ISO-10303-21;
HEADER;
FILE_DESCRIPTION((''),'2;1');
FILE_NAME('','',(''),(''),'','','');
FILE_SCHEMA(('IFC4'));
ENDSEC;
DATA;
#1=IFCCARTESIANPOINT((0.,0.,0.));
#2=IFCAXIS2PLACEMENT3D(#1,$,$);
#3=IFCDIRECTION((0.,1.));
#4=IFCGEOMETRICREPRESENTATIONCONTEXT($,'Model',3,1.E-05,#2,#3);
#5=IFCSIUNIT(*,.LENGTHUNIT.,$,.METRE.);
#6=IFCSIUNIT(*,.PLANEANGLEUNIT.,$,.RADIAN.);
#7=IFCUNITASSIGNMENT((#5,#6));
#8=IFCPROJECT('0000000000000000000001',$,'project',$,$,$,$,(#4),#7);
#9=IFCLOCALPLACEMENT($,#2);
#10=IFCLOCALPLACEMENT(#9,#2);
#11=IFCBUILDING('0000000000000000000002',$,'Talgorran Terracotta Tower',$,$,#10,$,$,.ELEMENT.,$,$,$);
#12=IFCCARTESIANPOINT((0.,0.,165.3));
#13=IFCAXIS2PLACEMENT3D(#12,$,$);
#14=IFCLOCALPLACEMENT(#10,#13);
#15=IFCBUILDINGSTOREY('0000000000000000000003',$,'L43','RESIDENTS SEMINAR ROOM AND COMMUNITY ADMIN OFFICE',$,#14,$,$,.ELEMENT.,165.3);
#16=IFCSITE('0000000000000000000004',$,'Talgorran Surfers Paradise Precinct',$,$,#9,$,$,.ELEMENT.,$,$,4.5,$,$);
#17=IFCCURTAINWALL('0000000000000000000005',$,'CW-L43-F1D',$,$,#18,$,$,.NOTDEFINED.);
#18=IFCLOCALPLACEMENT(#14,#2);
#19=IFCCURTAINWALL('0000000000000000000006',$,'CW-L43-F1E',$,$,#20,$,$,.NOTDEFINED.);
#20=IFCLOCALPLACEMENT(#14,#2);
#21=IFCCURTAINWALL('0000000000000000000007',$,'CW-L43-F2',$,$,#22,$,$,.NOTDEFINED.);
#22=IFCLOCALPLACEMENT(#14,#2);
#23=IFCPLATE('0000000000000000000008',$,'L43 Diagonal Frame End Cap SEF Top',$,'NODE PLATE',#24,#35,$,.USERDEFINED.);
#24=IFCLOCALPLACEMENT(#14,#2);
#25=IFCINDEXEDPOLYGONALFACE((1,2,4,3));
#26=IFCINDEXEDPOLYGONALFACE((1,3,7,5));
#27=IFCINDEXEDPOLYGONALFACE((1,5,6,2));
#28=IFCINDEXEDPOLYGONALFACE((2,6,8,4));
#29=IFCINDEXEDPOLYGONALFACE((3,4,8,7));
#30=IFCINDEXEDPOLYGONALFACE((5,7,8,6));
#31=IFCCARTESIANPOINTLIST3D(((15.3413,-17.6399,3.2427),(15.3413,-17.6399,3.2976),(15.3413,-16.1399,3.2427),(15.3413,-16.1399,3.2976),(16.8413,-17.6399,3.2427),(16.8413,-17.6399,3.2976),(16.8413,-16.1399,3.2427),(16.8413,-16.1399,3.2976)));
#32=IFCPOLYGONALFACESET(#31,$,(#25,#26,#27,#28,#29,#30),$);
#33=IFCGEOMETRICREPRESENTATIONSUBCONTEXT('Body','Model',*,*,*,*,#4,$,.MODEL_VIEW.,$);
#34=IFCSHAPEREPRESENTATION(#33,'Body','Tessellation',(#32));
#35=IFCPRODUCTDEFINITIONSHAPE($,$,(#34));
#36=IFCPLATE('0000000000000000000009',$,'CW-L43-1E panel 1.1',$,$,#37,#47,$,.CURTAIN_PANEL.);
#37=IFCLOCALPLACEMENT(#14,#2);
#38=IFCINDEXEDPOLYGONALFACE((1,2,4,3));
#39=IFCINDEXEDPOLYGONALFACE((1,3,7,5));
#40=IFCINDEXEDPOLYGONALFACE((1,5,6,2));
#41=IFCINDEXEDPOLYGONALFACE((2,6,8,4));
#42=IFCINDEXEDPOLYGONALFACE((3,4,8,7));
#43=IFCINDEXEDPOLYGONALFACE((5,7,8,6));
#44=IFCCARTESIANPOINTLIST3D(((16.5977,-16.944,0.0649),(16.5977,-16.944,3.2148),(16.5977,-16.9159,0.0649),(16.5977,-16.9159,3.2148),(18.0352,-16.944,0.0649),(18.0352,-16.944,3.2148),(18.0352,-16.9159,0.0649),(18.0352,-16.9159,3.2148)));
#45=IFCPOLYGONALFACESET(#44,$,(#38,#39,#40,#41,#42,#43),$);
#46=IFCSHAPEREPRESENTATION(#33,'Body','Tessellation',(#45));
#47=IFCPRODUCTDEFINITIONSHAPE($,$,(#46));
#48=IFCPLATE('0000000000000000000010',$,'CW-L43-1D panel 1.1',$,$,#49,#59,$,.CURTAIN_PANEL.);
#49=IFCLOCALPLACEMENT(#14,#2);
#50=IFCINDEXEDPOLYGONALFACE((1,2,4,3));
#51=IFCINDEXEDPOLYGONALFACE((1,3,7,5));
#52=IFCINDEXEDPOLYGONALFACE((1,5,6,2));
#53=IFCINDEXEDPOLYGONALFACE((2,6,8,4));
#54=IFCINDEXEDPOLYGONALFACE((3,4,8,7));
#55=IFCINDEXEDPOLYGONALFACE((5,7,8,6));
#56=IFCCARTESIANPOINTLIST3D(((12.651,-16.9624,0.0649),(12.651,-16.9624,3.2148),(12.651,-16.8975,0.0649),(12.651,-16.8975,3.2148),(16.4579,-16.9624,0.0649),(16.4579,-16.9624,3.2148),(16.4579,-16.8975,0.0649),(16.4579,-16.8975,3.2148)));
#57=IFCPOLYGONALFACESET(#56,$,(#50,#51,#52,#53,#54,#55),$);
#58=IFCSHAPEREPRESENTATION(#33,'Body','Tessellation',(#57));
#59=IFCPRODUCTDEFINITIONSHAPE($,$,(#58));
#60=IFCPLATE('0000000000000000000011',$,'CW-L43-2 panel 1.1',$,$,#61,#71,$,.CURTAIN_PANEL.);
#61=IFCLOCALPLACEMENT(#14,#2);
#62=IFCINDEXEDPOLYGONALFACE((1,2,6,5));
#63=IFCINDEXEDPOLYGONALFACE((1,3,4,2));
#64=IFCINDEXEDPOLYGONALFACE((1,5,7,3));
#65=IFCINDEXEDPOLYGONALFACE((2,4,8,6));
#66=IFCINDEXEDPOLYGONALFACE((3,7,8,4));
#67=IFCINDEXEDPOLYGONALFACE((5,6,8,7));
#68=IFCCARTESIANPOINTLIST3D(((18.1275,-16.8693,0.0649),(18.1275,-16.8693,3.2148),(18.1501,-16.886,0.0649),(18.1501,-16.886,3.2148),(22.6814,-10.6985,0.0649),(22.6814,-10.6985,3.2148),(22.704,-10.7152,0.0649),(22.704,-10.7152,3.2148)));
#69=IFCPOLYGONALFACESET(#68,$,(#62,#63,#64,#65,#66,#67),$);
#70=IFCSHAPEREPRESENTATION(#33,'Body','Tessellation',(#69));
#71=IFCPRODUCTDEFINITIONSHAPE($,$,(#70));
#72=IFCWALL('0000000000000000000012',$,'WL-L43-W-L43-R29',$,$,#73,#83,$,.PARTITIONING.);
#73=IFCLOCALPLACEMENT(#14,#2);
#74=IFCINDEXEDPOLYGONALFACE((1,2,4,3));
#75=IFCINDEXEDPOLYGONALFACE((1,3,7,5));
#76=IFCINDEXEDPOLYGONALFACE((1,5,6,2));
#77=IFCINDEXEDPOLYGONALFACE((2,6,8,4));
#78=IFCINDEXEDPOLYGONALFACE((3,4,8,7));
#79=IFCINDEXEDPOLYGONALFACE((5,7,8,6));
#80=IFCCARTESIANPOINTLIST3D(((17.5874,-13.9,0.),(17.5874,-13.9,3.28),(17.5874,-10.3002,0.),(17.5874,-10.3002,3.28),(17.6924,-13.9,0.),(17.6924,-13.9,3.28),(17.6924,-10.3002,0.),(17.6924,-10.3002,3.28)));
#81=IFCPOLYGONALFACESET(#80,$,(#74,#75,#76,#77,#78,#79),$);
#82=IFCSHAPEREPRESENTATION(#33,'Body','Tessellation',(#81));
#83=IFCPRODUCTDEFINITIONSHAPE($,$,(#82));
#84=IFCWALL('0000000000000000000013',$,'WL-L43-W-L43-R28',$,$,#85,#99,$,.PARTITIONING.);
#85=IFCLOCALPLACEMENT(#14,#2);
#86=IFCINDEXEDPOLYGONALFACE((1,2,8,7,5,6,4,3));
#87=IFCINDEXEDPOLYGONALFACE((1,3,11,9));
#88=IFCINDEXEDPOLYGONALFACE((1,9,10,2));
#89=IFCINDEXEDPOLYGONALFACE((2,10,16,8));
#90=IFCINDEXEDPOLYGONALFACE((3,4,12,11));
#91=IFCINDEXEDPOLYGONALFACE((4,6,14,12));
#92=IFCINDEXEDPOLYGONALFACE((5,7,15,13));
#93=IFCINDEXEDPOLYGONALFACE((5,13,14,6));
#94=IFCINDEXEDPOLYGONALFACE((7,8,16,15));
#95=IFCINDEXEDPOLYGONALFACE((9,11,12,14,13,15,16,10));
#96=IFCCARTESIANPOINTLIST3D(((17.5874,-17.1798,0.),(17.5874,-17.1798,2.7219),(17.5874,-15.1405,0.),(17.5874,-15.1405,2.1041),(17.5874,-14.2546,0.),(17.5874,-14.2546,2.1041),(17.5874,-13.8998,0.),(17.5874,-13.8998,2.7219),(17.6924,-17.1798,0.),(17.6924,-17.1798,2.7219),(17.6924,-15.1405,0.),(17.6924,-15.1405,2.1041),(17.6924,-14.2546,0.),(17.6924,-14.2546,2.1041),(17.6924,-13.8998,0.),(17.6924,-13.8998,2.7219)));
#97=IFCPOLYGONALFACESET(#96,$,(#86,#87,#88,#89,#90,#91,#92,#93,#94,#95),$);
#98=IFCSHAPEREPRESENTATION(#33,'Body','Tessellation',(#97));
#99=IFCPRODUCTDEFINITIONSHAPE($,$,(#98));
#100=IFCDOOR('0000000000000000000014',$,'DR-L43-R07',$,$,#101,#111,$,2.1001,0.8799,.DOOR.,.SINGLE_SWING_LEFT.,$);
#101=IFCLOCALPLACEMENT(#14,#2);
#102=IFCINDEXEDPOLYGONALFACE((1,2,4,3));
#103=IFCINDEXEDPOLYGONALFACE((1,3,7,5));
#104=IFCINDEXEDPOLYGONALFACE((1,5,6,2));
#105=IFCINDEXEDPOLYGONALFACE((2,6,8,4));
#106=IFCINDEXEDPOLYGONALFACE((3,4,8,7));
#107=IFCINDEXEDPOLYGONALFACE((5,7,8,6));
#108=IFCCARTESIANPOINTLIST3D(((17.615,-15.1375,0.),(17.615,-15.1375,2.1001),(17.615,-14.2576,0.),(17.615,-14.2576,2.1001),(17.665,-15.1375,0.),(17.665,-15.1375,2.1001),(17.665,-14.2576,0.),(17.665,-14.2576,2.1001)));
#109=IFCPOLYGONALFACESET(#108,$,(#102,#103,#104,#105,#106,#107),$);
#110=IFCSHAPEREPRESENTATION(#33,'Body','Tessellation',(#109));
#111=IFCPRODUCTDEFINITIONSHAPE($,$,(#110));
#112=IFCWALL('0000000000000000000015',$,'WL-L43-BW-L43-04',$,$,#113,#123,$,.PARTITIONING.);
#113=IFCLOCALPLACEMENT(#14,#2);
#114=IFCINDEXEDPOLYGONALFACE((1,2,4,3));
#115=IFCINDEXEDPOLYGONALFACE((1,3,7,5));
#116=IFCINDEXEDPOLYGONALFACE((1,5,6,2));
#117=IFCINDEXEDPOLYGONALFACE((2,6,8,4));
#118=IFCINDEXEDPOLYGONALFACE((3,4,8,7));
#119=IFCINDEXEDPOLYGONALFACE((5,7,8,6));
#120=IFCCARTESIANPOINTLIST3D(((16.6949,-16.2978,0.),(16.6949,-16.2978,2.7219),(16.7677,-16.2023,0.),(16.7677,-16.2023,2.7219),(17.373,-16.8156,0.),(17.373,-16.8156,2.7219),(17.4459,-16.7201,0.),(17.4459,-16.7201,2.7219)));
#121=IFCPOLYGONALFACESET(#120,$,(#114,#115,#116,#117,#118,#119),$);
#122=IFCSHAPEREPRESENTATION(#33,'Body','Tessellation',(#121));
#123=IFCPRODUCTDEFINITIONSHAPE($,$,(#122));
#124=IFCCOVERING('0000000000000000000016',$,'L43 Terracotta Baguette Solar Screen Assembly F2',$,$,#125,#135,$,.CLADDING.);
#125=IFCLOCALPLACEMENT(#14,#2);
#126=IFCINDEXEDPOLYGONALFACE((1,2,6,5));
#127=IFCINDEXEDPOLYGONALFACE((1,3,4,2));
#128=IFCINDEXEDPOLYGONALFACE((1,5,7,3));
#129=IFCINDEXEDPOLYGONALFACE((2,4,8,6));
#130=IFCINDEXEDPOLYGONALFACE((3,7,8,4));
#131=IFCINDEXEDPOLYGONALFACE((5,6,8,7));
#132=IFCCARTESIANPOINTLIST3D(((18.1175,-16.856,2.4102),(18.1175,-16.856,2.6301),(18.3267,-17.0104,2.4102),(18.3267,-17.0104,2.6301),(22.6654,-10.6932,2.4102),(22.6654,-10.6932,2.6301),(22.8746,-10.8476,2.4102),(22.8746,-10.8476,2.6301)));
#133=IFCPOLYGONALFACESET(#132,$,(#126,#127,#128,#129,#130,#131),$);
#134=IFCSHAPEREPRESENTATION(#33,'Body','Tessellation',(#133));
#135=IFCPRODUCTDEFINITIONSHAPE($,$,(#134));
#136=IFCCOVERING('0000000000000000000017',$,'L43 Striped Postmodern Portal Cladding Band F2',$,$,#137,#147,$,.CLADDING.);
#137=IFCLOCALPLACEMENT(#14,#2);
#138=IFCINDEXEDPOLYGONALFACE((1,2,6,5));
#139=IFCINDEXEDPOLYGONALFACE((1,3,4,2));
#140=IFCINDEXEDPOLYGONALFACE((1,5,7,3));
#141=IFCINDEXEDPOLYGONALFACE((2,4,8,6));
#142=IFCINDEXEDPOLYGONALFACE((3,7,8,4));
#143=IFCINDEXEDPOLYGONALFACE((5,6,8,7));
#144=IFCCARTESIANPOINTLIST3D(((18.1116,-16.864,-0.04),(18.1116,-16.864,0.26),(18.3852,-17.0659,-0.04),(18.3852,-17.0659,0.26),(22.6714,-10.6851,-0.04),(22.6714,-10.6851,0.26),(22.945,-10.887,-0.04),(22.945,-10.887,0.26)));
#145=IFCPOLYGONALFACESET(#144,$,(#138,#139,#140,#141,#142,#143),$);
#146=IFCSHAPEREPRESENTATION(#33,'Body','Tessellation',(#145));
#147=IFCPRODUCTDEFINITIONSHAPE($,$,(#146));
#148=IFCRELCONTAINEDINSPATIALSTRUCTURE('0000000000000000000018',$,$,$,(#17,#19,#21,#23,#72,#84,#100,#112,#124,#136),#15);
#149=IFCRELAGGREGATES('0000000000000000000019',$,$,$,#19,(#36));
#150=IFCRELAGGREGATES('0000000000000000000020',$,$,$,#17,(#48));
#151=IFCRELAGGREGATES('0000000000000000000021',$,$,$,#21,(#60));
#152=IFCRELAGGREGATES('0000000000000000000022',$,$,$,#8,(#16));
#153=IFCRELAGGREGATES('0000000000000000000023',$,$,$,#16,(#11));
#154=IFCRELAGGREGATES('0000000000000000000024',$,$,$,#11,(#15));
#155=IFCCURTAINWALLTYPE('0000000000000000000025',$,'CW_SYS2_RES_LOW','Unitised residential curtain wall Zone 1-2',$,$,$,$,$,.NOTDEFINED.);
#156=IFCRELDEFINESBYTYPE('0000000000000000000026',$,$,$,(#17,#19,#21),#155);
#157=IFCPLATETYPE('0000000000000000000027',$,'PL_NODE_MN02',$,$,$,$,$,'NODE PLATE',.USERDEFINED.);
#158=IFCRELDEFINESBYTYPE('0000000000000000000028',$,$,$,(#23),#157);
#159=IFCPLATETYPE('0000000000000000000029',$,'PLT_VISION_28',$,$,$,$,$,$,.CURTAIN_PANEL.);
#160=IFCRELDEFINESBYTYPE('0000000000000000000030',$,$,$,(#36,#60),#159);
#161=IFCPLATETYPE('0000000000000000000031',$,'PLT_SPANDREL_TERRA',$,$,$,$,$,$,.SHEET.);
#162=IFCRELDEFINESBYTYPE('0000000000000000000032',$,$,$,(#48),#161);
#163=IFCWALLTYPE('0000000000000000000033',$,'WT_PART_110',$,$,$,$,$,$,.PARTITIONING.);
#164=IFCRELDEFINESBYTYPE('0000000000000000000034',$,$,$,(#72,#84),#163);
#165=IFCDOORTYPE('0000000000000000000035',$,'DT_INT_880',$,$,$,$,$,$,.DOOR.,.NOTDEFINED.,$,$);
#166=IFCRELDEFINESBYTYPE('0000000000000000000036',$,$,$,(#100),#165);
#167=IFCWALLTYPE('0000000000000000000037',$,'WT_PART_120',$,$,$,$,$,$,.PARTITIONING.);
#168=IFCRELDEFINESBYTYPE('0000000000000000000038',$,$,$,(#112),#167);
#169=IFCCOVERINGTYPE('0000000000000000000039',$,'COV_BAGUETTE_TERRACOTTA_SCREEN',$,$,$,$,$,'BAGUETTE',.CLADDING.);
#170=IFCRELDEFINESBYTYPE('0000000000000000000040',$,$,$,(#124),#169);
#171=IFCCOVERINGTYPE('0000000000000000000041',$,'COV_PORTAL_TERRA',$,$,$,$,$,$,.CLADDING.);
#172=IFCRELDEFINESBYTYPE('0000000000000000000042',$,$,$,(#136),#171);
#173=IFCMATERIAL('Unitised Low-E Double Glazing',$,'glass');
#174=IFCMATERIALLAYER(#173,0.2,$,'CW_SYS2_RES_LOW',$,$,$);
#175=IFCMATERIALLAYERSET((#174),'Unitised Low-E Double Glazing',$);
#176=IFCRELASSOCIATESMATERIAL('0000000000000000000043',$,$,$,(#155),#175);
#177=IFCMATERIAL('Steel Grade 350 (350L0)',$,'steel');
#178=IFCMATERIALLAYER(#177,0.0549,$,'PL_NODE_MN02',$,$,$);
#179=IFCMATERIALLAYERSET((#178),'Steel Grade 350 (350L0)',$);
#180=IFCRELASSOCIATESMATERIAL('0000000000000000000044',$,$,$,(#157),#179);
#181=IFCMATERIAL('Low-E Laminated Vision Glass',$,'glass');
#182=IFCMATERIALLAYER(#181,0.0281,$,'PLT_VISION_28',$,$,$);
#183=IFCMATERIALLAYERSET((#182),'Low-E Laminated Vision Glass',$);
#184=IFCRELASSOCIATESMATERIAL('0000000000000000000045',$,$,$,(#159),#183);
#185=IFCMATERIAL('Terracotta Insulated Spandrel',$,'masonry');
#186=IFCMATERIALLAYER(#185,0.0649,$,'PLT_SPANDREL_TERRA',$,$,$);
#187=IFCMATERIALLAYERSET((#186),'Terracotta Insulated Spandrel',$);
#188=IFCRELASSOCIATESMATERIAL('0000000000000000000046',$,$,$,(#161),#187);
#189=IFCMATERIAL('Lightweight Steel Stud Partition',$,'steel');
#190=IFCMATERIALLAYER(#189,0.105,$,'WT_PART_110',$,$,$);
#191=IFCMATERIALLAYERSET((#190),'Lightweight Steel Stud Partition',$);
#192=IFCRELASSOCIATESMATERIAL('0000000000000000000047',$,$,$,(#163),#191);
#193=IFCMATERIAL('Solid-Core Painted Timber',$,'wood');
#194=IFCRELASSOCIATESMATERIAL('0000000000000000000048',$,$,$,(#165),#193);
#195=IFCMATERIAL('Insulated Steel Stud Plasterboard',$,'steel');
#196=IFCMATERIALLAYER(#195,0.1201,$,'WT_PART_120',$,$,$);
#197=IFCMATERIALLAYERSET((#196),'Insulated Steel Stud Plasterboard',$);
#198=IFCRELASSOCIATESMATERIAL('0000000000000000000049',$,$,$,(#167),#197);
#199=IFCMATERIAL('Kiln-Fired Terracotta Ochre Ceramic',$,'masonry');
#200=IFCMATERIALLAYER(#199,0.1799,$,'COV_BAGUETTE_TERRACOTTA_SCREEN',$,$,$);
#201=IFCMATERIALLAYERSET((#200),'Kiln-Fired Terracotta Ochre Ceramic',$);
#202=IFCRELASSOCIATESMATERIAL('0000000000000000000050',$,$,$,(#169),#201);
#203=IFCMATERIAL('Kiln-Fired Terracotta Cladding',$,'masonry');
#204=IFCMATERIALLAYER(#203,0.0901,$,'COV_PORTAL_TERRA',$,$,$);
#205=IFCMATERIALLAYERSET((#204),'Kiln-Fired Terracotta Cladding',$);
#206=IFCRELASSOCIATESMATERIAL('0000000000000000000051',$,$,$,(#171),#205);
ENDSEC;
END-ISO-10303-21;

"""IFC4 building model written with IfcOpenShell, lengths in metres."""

from ifc_helpers import new_model, si_unit, direction, frame, frame_2d, origin, origin_2d, place, context, subcontext, project, spatial, rectangle, extrude, source, transform, mapped, material, layer, layer_set, type_object, type_shapes, element, fill, aggregate, save


model = new_model("IFC4")

# Units and contexts
model_context = context("Model", 3, precision=1e-05, world=origin(), true_north=direction((0.0, 1.0)))
body_context = subcontext(model_context, "Body", "Model", "MODEL_VIEW")
ifc_project = project(units=[si_unit("LENGTHUNIT", "METRE"), si_unit("PLANEANGLEUNIT", "RADIAN")], contexts=[model_context])

# Site, building, storey
site_placement = place(None, origin())
site = spatial("IfcSite", under=ifc_project, at=site_placement, Name="Talgorran Surfers Paradise Precinct", CompositionType="ELEMENT", RefElevation=4.5)
building_placement = place(site_placement, origin())
building = spatial("IfcBuilding", under=site, at=building_placement, Name="Talgorran Terracotta Tower", CompositionType="ELEMENT")
storey_placement = place(building_placement, frame((0.0, 0.0, 165.3)))
storey = spatial("IfcBuildingStorey", under=building, at=storey_placement, Name="L43", Description="RESIDENTS SEMINAR ROOM AND COMMUNITY ADMIN OFFICE", CompositionType="ELEMENT", Elevation=165.3)

# Shared definitions
ifc_material_1 = material(Name="Steel Grade 350 (350L0)", Category="steel")

# Curtain wall
ifc_material_2 = material(Name="Unitised Low-E Double Glazing", Category="glass")
ifc_layer_1 = layer(ifc_material_2, 0.2, Name="CW_SYS2_RES_LOW")
ifc_layer_set_1 = layer_set([ifc_layer_1], Name="Unitised Low-E Double Glazing")
curtain_wall_type = type_object("IfcCurtainWallType", Name="CW_SYS2_RES_LOW", Description="Unitised residential curtain wall Zone 1-2", PredefinedType="NOTDEFINED", material=ifc_layer_set_1)
curtain_wall_1_placement = place(storey_placement, origin())
curtain_wall_1 = element("IfcCurtainWall", 1, at=curtain_wall_1_placement, inside=storey, type_object=curtain_wall_type, Name="CW-L43-F1D", PredefinedType="NOTDEFINED")

# Curtain walls
curtain_wall_2_placement = place(storey_placement, origin())
curtain_wall_2 = element("IfcCurtainWall", 2, at=curtain_wall_2_placement, inside=storey, type_object=curtain_wall_type, Name="CW-L43-F1E", PredefinedType="NOTDEFINED")
curtain_wall_3_placement = place(storey_placement, origin())
curtain_wall_3 = element("IfcCurtainWall", 3, at=curtain_wall_3_placement, inside=storey, type_object=curtain_wall_type, Name="CW-L43-F2", PredefinedType="NOTDEFINED")

# Plates
ifc_layer_2 = layer(ifc_material_1, 0.0549, Name="PL_NODE_MN02")
ifc_layer_set_2 = layer_set([ifc_layer_2], Name="Steel Grade 350 (350L0)")
plate_type_1 = type_object("IfcPlateType", Name="PL_NODE_MN02", ElementType="NODE PLATE", PredefinedType="USERDEFINED", material=ifc_layer_set_2)
plate_1_placement = place(storey_placement, frame((16.0913, -16.8899, 3.2427), z_axis=(0.0, 0.0, 1.0), x_axis=(1.0, 0.0, 0.0)))
element("IfcPlate", 4, at=plate_1_placement, inside=storey, type_object=plate_type_1, Name="L43 Diagonal Frame End Cap SEF Top", ObjectType="NODE PLATE", PredefinedType="USERDEFINED", context=body_context, shape_type="SweptSolid", body=[
    extrude(rectangle(XDim=1.5, YDim=1.5, at=origin_2d()), origin(), (0.0, 0.0, 1.0), 0.0549),
])
ifc_material_3 = material(Name="Low-E Laminated Vision Glass", Category="glass")
ifc_layer_3 = layer(ifc_material_3, 0.0281, Name="PLT_VISION_28")
ifc_layer_set_3 = layer_set([ifc_layer_3], Name="Low-E Laminated Vision Glass")
plate_type_2 = type_object("IfcPlateType", Name="PLT_VISION_28", PredefinedType="CURTAIN_PANEL", material=ifc_layer_set_3)
shared_shape_1 = source(origin(), body_context, "Body", "SweptSolid", [
    extrude(rectangle(XDim=1.4375, YDim=0.0281, at=origin_2d()), origin(), (0.0, 0.0, 1.0), 3.1499),
])
plate_2_placement = place(storey_placement, frame((17.3164, -16.9299, 0.0649), z_axis=(0.0, 0.0, 1.0), x_axis=(1.0, 0.0, 0.0)))
plate_2 = element("IfcPlate", 5, at=plate_2_placement, type_object=plate_type_2, Name="CW-L43-1E panel 1.1", PredefinedType="CURTAIN_PANEL", context=body_context, shape_type="MappedRepresentation", body=[
    mapped(shared_shape_1, transform((0.0, 0.0, 0.0), scale=1.0)),
])
aggregate(curtain_wall_2, [plate_2])
ifc_material_4 = material(Name="Terracotta Insulated Spandrel", Category="masonry")
ifc_layer_4 = layer(ifc_material_4, 0.0649, Name="PLT_SPANDREL_TERRA")
ifc_layer_set_4 = layer_set([ifc_layer_4], Name="Terracotta Insulated Spandrel")
plate_type_3 = type_object("IfcPlateType", Name="PLT_SPANDREL_TERRA", PredefinedType="SHEET", material=ifc_layer_set_4)
shared_shape_2 = source(origin(), body_context, "Body", "SweptSolid", [
    extrude(rectangle(XDim=3.8069, YDim=0.0649, at=origin_2d()), origin(), (0.0, 0.0, 1.0), 3.1499),
])
type_shapes(plate_type_3, [shared_shape_2])
plate_3_placement = place(storey_placement, frame((14.5544, -16.9299, 0.0649), z_axis=(0.0, 0.0, 1.0), x_axis=(1.0, 0.0, 0.0)))
plate_3 = element("IfcPlate", 6, at=plate_3_placement, type_object=plate_type_3, Name="CW-L43-1D panel 1.1", PredefinedType="CURTAIN_PANEL", context=body_context, shape_type="MappedRepresentation", body=[
    mapped(shared_shape_2, transform((0.0, 0.0, 0.0), scale=1.0)),
])
aggregate(curtain_wall_1, [plate_3])
shared_shape_3 = source(origin(), body_context, "Body", "SweptSolid", [
    extrude(rectangle(XDim=7.6692, YDim=0.0281, at=origin_2d()), origin(), (0.0, 0.0, 1.0), 3.1499),
])
type_shapes(plate_type_2, [shared_shape_1, shared_shape_3])
plate_4_placement = place(storey_placement, frame((20.4158, -13.7922, 0.0649), z_axis=(0.0, 0.0, 1.0), x_axis=(0.593791, 0.80462, 0.0)))
plate_4 = element("IfcPlate", 7, at=plate_4_placement, type_object=plate_type_2, Name="CW-L43-2 panel 1.1", PredefinedType="CURTAIN_PANEL", context=body_context, shape_type="MappedRepresentation", body=[
    mapped(shared_shape_3, transform((0.0, 0.0, 0.0), scale=1.0)),
])
aggregate(curtain_wall_3, [plate_4])

# Wall
ifc_material_5 = material(Name="Lightweight Steel Stud Partition", Category="steel")
ifc_layer_5 = layer(ifc_material_5, 0.105, Name="WT_PART_110")
ifc_layer_set_5 = layer_set([ifc_layer_5], Name="Lightweight Steel Stud Partition")
wall_type_1 = type_object("IfcWallType", Name="WT_PART_110", PredefinedType="PARTITIONING", material=ifc_layer_set_5)
wall_1_placement = place(storey_placement, frame((17.6399, -13.8999, 0.0), z_axis=(0.0, 0.0, 1.0), x_axis=(0.0, 1.0, 0.0)))
element("IfcWall", 8, at=wall_1_placement, inside=storey, type_object=wall_type_1, Name="WL-L43-W-L43-R29", PredefinedType="PARTITIONING", context=body_context, shape_type="SweptSolid", body=[
    extrude(rectangle(XDim=3.5999, YDim=0.105, at=frame_2d((1.7998, 0.0))), origin(), (0.0, 0.0, 1.0), 3.28),
])

# Wall, opening, door
wall_2_placement = place(storey_placement, frame((17.6399, -17.1799, 0.0), z_axis=(0.0, 0.0, 1.0), x_axis=(0.0, 1.0, 0.0)))
wall_2 = element("IfcWall", 9, at=wall_2_placement, inside=storey, type_object=wall_type_1, Name="WL-L43-W-L43-R28", PredefinedType="PARTITIONING", context=body_context, shape_type="SweptSolid", body=[
    extrude(rectangle(XDim=3.28, YDim=0.105, at=frame_2d((1.6401, 0.0))), origin(), (0.0, 0.0, 1.0), 2.7219),
])
opening_placement = place(wall_2_placement, frame((2.0425, 0.0, 0.0)))
opening = element("IfcOpeningElement", 10, at=opening_placement, cuts=wall_2, PredefinedType="OPENING", context=body_context, shape_type="SweptSolid", body=[
    extrude(rectangle(XDim=0.8859, YDim=2.1041, at=frame_2d((0.4399, 1.052))), frame((0.0, 0.0625, 0.0), z_axis=(0.0, -1.0, 0.0), x_axis=(1.0, 0.0, 0.0)), (0.0, 0.0, 1.0), 0.125),
])
ifc_material_6 = material(Name="Solid-Core Painted Timber", Category="wood")
door_type = type_object("IfcDoorType", Name="DT_INT_880", OperationType="NOTDEFINED", PredefinedType="DOOR", material=ifc_material_6)
door_placement = place(opening_placement, origin())
door = element("IfcDoor", 11, at=door_placement, inside=storey, type_object=door_type, Name="DR-L43-R07", OperationType="SINGLE_SWING_LEFT", OverallHeight=2.1001, OverallWidth=0.8799, PredefinedType="DOOR", context=body_context, shape_type="SweptSolid", body=[
    extrude(rectangle(XDim=0.8799, YDim=2.1001, at=frame_2d((0.4399, 1.05))), frame((0.0, 0.0249, 0.0), z_axis=(0.0, -1.0, 0.0), x_axis=(1.0, 0.0, 0.0)), (0.0, 0.0, 1.0), 0.05),
])
fill(opening, door)

# Wall
ifc_material_7 = material(Name="Insulated Steel Stud Plasterboard", Category="steel")
ifc_layer_6 = layer(ifc_material_7, 0.1201, Name="WT_PART_120")
ifc_layer_set_6 = layer_set([ifc_layer_6], Name="Insulated Steel Stud Plasterboard")
wall_type_2 = type_object("IfcWallType", Name="WT_PART_120", PredefinedType="PARTITIONING", material=ifc_layer_set_6)
wall_3_placement = place(storey_placement, frame((16.7312, -16.25, 0.0), z_axis=(0.0, 0.0, 1.0), x_axis=(0.794821, -0.606845, 0.0)))
element("IfcWall", 12, at=wall_3_placement, inside=storey, type_object=wall_type_2, Name="WL-L43-BW-L43-04", PredefinedType="PARTITIONING", context=body_context, shape_type="SweptSolid", body=[
    extrude(rectangle(XDim=0.8533, YDim=0.1201, at=frame_2d((0.4268, 0.0))), origin(), (0.0, 0.0, 1.0), 2.7219),
])

# Coverings
ifc_material_8 = material(Name="Kiln-Fired Terracotta Ochre Ceramic", Category="masonry")
ifc_layer_7 = layer(ifc_material_8, 0.1799, Name="COV_BAGUETTE_TERRACOTTA_SCREEN")
ifc_layer_set_7 = layer_set([ifc_layer_7], Name="Kiln-Fired Terracotta Ochre Ceramic")
covering_type_1 = type_object("IfcCoveringType", Name="COV_BAGUETTE_TERRACOTTA_SCREEN", ElementType="BAGUETTE", PredefinedType="CLADDING", material=ifc_layer_set_7)
covering_1_placement = place(storey_placement, frame((20.4961, -13.8518, 2.4102), z_axis=(0.0, 0.0, 1.0), x_axis=(0.593784, 0.804624, 0.0)))
element("IfcCovering", 13, at=covering_1_placement, inside=storey, type_object=covering_type_1, Name="L43 Terracotta Baguette Solar Screen Assembly F2", PredefinedType="CLADDING", context=body_context, shape_type="SweptSolid", body=[
    extrude(rectangle(XDim=7.6592, YDim=0.26, at=origin_2d()), origin(), (0.0, 0.0, 1.0), 0.22),
])
ifc_material_9 = material(Name="Kiln-Fired Terracotta Cladding", Category="masonry")
ifc_layer_8 = layer(ifc_material_9, 0.0901, Name="COV_PORTAL_TERRA")
ifc_layer_set_8 = layer_set([ifc_layer_8], Name="Kiln-Fired Terracotta Cladding")
covering_type_2 = type_object("IfcCoveringType", Name="COV_PORTAL_TERRA", PredefinedType="CLADDING", material=ifc_layer_set_8)
covering_2_placement = place(storey_placement, frame((20.5283, -13.8755, -0.04), z_axis=(0.0, 0.0, 1.0), x_axis=(0.593784, 0.804624, 0.0)))
element("IfcCovering", 14, at=covering_2_placement, inside=storey, type_object=covering_type_2, Name="L43 Striped Postmodern Portal Cladding Band F2", PredefinedType="CLADDING", context=body_context, shape_type="SweptSolid", body=[
    extrude(rectangle(XDim=7.6792, YDim=0.3401, at=origin_2d()), origin(), (0.0, 0.0, 1.0), 0.3),
])

save(model, "model.ifc")
